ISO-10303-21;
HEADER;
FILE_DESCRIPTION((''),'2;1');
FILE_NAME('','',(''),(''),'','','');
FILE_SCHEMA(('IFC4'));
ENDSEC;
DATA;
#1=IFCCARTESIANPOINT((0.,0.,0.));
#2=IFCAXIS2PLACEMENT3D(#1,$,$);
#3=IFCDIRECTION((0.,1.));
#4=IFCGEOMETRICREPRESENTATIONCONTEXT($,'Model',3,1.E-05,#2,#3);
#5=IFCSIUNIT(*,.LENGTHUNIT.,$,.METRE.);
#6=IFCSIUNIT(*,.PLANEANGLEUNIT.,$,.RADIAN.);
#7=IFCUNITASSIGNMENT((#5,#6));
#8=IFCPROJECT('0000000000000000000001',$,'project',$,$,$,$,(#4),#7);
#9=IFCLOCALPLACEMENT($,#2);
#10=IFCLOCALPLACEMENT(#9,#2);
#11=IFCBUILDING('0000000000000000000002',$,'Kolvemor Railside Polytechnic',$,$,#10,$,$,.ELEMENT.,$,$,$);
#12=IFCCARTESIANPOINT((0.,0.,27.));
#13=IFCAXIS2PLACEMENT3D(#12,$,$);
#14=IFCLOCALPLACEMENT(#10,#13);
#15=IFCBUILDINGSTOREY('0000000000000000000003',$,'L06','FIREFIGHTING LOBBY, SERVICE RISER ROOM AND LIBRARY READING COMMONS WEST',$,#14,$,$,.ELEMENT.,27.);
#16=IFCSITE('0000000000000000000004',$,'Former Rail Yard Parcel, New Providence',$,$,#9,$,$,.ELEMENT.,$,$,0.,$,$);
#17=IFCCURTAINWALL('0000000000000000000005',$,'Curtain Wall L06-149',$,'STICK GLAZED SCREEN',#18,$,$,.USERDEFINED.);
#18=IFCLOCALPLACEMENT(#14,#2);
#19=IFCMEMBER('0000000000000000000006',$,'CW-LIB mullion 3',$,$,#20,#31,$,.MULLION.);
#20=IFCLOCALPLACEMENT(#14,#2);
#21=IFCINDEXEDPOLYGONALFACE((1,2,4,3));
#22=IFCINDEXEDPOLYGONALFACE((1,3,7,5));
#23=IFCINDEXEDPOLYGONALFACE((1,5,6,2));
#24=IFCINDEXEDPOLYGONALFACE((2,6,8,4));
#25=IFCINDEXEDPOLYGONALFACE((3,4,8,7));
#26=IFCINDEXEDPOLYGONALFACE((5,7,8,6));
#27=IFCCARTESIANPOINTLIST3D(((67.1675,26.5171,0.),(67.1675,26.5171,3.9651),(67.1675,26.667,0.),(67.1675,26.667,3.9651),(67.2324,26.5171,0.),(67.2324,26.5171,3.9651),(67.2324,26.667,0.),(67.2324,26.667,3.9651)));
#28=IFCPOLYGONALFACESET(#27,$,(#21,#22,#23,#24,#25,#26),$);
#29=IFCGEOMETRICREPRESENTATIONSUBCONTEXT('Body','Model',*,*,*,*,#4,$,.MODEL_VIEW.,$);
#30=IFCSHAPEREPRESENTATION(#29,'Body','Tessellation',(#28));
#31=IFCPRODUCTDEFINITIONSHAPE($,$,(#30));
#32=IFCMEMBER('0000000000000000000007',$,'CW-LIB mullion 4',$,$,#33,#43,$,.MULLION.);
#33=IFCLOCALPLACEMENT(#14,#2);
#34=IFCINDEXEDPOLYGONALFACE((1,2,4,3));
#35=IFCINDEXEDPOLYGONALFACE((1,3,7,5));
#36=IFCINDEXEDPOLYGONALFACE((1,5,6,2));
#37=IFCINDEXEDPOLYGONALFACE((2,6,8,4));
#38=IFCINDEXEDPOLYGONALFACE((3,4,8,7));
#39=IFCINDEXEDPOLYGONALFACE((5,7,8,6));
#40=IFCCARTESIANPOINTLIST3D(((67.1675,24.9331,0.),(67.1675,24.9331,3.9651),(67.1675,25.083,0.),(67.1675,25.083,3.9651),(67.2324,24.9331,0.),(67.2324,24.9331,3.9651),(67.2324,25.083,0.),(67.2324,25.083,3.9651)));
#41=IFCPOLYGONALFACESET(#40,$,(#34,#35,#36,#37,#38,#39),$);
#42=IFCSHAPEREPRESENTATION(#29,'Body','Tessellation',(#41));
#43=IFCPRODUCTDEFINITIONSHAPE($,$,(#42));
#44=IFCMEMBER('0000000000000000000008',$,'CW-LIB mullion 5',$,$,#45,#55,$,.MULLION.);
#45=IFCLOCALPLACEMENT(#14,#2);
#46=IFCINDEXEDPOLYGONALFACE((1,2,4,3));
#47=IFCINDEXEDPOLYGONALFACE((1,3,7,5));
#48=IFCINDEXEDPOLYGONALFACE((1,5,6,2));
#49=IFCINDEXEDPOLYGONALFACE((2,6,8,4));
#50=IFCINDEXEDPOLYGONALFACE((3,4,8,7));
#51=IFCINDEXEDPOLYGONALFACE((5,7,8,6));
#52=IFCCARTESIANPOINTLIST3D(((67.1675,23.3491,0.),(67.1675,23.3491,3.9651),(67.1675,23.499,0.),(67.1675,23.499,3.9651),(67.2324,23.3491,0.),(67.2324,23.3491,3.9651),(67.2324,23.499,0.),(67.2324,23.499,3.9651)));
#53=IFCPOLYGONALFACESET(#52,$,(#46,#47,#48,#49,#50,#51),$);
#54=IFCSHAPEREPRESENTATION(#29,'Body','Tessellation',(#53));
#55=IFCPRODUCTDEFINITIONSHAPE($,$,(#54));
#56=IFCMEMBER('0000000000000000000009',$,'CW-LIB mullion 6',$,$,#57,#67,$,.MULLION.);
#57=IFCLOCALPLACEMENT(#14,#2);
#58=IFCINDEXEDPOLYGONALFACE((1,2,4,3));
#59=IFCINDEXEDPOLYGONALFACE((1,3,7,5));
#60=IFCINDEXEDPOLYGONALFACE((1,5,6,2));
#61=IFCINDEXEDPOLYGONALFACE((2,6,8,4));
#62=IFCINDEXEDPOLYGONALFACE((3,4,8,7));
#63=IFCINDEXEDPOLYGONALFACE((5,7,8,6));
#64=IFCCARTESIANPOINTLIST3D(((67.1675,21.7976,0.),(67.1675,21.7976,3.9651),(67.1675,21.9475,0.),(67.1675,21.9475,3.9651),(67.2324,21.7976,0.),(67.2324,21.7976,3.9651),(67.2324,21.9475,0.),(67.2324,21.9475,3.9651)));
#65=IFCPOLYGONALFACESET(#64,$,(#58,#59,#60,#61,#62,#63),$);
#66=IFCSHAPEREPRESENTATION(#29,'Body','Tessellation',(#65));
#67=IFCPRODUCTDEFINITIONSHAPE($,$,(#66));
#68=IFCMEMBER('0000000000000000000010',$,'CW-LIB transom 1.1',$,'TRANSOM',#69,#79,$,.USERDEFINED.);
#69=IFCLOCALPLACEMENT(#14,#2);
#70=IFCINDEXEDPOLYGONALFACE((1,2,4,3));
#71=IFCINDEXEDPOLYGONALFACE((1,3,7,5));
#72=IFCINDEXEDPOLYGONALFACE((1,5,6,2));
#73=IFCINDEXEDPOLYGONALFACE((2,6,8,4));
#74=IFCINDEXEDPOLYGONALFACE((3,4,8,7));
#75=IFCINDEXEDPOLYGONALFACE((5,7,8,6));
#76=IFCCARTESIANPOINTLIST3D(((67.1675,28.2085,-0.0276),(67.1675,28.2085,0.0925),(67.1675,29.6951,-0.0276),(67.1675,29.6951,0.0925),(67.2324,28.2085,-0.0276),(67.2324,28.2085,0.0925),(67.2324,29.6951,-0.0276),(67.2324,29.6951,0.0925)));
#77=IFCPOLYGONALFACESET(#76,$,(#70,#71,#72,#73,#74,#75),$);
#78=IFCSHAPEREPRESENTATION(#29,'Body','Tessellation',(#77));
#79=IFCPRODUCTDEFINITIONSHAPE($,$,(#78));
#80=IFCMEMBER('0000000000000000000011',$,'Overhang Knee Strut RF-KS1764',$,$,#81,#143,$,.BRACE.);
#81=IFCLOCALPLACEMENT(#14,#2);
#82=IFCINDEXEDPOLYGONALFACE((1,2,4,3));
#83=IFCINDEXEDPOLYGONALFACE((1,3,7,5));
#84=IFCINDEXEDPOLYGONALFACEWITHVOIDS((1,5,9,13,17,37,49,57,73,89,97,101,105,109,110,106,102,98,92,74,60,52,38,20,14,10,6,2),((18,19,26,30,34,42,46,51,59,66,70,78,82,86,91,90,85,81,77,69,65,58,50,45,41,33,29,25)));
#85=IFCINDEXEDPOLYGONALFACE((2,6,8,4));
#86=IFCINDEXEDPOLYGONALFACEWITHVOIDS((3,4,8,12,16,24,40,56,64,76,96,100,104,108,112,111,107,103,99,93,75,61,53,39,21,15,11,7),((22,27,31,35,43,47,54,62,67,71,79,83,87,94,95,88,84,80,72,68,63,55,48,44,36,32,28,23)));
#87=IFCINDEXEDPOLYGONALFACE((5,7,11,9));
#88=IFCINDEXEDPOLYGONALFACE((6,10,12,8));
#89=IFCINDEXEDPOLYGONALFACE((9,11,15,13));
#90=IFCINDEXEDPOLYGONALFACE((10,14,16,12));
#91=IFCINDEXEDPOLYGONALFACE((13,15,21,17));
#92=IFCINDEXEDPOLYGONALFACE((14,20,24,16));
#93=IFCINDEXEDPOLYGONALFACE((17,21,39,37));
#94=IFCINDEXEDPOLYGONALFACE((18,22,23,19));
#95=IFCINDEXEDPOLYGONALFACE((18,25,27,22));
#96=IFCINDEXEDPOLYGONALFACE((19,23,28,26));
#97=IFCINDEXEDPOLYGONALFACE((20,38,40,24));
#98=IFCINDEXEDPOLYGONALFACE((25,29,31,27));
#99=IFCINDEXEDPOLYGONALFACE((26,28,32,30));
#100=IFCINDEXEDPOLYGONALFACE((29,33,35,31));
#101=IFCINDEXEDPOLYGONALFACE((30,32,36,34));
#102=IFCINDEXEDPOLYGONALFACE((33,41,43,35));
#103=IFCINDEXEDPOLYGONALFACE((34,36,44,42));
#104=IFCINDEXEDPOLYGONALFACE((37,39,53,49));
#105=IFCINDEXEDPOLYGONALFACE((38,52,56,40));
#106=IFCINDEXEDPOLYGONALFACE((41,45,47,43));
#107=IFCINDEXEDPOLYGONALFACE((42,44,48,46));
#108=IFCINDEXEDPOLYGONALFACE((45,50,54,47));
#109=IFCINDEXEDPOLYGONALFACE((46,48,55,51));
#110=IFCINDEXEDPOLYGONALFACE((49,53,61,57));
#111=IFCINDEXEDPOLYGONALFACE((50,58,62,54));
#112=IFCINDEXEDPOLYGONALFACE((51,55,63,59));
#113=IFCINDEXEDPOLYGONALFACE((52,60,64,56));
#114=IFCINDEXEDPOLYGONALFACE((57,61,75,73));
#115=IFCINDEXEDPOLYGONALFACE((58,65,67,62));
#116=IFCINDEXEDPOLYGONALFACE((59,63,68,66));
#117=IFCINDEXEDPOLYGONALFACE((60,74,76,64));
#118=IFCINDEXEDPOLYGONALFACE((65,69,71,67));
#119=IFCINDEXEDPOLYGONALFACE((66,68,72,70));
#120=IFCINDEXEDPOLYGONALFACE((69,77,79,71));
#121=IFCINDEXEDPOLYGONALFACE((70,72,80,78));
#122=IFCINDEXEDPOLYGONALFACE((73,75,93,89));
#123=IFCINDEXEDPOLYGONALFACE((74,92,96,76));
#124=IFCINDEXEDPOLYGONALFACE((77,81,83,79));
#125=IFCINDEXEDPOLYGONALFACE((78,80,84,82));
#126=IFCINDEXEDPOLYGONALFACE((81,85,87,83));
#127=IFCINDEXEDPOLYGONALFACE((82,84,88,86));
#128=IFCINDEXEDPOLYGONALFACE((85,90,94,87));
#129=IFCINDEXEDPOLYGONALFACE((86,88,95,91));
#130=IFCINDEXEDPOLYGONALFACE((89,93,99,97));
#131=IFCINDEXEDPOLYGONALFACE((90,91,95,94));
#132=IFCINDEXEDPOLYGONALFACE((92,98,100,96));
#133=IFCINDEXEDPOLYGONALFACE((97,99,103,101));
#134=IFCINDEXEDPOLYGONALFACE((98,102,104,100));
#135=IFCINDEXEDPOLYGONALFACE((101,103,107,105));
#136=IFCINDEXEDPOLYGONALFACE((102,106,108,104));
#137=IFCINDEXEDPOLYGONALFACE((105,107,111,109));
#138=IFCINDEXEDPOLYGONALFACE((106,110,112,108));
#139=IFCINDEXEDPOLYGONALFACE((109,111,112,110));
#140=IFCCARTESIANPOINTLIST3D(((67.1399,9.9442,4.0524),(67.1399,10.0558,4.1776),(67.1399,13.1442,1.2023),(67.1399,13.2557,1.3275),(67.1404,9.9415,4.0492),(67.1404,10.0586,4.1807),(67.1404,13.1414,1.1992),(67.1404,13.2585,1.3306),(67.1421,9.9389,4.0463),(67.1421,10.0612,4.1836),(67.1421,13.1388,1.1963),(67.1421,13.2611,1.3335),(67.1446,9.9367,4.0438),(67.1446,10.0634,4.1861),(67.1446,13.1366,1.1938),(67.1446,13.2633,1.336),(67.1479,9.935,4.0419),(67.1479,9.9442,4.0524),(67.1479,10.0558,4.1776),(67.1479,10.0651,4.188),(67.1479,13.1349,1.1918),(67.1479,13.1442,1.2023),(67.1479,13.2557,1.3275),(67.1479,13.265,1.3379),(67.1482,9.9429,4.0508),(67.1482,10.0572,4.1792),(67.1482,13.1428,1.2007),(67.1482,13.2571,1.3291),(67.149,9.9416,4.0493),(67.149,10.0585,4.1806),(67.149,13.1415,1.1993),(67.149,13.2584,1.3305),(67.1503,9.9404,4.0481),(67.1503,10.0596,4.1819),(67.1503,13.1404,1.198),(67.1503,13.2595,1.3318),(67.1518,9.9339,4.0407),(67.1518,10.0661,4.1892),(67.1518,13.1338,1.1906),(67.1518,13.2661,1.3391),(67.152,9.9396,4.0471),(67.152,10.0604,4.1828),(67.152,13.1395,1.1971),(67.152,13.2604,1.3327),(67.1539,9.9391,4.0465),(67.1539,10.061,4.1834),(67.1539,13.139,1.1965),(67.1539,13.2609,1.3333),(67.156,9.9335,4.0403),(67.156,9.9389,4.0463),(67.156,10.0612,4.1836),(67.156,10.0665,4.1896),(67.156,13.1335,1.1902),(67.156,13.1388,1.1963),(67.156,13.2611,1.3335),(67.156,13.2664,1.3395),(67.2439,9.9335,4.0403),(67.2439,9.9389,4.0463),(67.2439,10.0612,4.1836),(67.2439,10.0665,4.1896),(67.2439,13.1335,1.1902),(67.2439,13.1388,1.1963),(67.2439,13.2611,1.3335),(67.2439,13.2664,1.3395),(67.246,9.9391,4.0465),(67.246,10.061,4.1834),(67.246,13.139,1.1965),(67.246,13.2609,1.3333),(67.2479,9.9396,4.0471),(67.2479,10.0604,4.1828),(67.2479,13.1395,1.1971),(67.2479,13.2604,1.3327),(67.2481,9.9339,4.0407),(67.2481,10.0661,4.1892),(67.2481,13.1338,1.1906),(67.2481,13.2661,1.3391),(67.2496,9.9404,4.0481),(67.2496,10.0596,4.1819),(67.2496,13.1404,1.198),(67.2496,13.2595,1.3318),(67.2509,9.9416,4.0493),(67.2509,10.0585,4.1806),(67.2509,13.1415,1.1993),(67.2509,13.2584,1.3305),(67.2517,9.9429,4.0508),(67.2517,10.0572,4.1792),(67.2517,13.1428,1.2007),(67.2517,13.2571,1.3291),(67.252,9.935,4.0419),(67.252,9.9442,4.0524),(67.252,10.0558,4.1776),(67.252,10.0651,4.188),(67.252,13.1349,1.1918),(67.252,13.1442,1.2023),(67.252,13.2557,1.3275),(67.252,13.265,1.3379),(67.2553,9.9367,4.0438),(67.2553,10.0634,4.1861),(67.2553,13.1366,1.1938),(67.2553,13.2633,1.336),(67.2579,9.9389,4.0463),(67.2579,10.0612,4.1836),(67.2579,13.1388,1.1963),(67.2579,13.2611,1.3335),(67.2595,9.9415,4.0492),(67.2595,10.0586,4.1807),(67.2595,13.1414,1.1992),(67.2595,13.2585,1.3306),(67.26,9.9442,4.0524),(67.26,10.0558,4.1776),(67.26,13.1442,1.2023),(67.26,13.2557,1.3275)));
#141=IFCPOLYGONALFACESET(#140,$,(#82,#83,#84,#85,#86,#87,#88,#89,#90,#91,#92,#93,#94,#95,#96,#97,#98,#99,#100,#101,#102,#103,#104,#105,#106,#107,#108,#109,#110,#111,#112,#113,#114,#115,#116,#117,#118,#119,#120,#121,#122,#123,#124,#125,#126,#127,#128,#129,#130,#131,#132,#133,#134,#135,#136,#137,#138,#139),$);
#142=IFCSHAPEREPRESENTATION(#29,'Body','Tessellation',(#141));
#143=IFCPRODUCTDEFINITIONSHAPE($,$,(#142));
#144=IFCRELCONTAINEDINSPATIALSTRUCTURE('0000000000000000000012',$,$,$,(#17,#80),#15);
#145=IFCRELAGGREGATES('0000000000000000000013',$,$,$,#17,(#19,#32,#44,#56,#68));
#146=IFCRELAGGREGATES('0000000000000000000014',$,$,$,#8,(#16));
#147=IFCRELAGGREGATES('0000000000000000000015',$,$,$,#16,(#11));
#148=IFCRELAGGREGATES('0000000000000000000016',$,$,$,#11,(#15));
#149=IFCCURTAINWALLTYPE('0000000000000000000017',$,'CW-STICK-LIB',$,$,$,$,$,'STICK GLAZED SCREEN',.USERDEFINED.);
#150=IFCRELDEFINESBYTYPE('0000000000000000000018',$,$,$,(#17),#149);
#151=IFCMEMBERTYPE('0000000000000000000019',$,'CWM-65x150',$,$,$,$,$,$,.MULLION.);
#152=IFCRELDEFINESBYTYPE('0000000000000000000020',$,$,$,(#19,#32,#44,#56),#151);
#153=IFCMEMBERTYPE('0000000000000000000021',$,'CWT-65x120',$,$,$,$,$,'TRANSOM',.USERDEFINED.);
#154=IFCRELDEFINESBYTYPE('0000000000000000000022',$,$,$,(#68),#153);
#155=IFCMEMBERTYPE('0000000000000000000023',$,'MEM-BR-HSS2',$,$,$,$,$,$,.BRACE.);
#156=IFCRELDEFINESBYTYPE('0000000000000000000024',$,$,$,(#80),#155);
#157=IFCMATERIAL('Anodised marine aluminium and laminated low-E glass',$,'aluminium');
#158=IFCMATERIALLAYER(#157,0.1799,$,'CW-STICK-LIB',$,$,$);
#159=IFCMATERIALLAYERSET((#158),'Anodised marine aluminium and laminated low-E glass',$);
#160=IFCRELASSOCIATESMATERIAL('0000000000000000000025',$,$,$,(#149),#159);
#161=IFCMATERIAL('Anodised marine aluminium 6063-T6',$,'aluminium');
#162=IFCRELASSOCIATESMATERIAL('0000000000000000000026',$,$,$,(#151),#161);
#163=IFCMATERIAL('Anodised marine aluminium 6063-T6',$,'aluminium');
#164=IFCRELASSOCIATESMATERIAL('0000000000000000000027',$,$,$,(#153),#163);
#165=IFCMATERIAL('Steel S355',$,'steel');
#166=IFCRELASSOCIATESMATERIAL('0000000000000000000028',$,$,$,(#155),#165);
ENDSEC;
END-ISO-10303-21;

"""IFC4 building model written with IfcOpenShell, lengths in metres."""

from ifc_helpers import new_model, si_unit, direction, frame, origin, origin_2d, place, context, subcontext, project, spatial, rectangle, hollow_rectangle, extrude, material, layer, layer_set, material_profile, profile_set, type_object, element, aggregate, save


model = new_model("IFC4")

# Units and contexts
model_context = context("Model", 3, precision=1e-05, world=origin(), true_north=direction((0.0, 1.0)))
body_context = subcontext(model_context, "Body", "Model", "MODEL_VIEW")
ifc_project = project(units=[si_unit("LENGTHUNIT", "METRE"), si_unit("PLANEANGLEUNIT", "RADIAN")], contexts=[model_context])

# Site, building, storey
site_placement = place(None, origin())
site = spatial("IfcSite", under=ifc_project, at=site_placement, Name="Former Rail Yard Parcel, New Providence", CompositionType="ELEMENT", RefElevation=0.0)
building_placement = place(site_placement, origin())
building = spatial("IfcBuilding", under=site, at=building_placement, Name="Kolvemor Railside Polytechnic", CompositionType="ELEMENT")
storey_placement = place(building_placement, frame((0.0, 0.0, 27.0)))
storey = spatial("IfcBuildingStorey", under=building, at=storey_placement, Name="L06", Description="FIREFIGHTING LOBBY, SERVICE RISER ROOM AND LIBRARY READING COMMONS WEST", CompositionType="ELEMENT", Elevation=27.0)

# Curtain wall, members
ifc_material_1 = material(Name="Anodised marine aluminium and laminated low-E glass", Category="aluminium")
ifc_layer_1 = layer(ifc_material_1, 0.1799, Name="CW-STICK-LIB")
ifc_layer_set_1 = layer_set([ifc_layer_1], Name="Anodised marine aluminium and laminated low-E glass")
curtain_wall_type = type_object("IfcCurtainWallType", Name="CW-STICK-LIB", ElementType="STICK GLAZED SCREEN", PredefinedType="USERDEFINED", material=ifc_layer_set_1)
curtain_wall_placement = place(storey_placement, origin())
curtain_wall = element("IfcCurtainWall", 1, at=curtain_wall_placement, inside=storey, type_object=curtain_wall_type, Name="Curtain Wall L06-149", ObjectType="STICK GLAZED SCREEN", PredefinedType="USERDEFINED")
ifc_material_2 = material(Name="Anodised marine aluminium 6063-T6", Category="aluminium")
ifc_material_profile_1 = material_profile(ifc_material_2, rectangle(XDim=0.0649, YDim=0.1499, at=origin_2d()), Name="CW-MUL-65x150")
ifc_profile_set_1 = profile_set([ifc_material_profile_1], Name="Anodised marine aluminium 6063-T6")
member_type_1 = type_object("IfcMemberType", Name="CWM-65x150", PredefinedType="MULLION", material=ifc_profile_set_1)
member_1_placement = place(storey_placement, frame((67.2, 26.592, 0.0), z_axis=(0.0, 0.0, 1.0), x_axis=(1.0, 0.0, 0.0)))
member_1 = element("IfcMember", 2, at=member_1_placement, type_object=member_type_1, Name="CW-LIB mullion 3", PredefinedType="MULLION", context=body_context, shape_type="SweptSolid", body=[
    extrude(rectangle(XDim=0.0649, YDim=0.1499, at=origin_2d()), origin(), (0.0, 0.0, 1.0), 3.9651),
])
member_2_placement = place(storey_placement, frame((67.2, 25.0081, 0.0), z_axis=(0.0, 0.0, 1.0), x_axis=(1.0, 0.0, 0.0)))
member_2 = element("IfcMember", 3, at=member_2_placement, type_object=member_type_1, Name="CW-LIB mullion 4", PredefinedType="MULLION", context=body_context, shape_type="SweptSolid", body=[
    extrude(rectangle(XDim=0.0649, YDim=0.1499, at=origin_2d()), origin(), (0.0, 0.0, 1.0), 3.9651),
])
member_3_placement = place(storey_placement, frame((67.2, 23.4241, 0.0), z_axis=(0.0, 0.0, 1.0), x_axis=(1.0, 0.0, 0.0)))
member_3 = element("IfcMember", 4, at=member_3_placement, type_object=member_type_1, Name="CW-LIB mullion 5", PredefinedType="MULLION", context=body_context, shape_type="SweptSolid", body=[
    extrude(rectangle(XDim=0.0649, YDim=0.1499, at=origin_2d()), origin(), (0.0, 0.0, 1.0), 3.9651),
])
member_4_placement = place(storey_placement, frame((67.2, 21.8726, 0.0), z_axis=(0.0, 0.0, 1.0), x_axis=(1.0, 0.0, 0.0)))
member_4 = element("IfcMember", 5, at=member_4_placement, type_object=member_type_1, Name="CW-LIB mullion 6", PredefinedType="MULLION", context=body_context, shape_type="SweptSolid", body=[
    extrude(rectangle(XDim=0.0649, YDim=0.1499, at=origin_2d()), origin(), (0.0, 0.0, 1.0), 3.9651),
])
ifc_material_3 = material(Name="Anodised marine aluminium 6063-T6", Category="aluminium")
ifc_material_profile_2 = material_profile(ifc_material_3, rectangle(XDim=0.0649, YDim=0.1201, at=origin_2d()), Name="CW-TRN-65x120")
ifc_profile_set_2 = profile_set([ifc_material_profile_2], Name="Anodised marine aluminium 6063-T6")
member_type_2 = type_object("IfcMemberType", Name="CWT-65x120", ElementType="TRANSOM", PredefinedType="USERDEFINED", material=ifc_profile_set_2)
member_5_placement = place(storey_placement, frame((67.2, 29.6951, 0.0325), z_axis=(0.0, -1.0, 0.0), x_axis=(1.0, 0.0, 0.0)))
member_5 = element("IfcMember", 6, at=member_5_placement, type_object=member_type_2, Name="CW-LIB transom 1.1", ObjectType="TRANSOM", PredefinedType="USERDEFINED", context=body_context, shape_type="SweptSolid", body=[
    extrude(rectangle(XDim=0.0649, YDim=0.1201, at=origin_2d()), origin(), (0.0, 0.0, 1.0), 1.4866),
])
aggregate(curtain_wall, [member_1, member_2, member_3, member_4, member_5])

# Member
ifc_material_4 = material(Name="Steel S355", Category="steel")
ifc_material_profile_3 = material_profile(ifc_material_4, hollow_rectangle(XDim=0.1201, YDim=0.2, WallThickness=0.0081, InnerFilletRadius=0.0081, OuterFilletRadius=0.0161, at=origin_2d()), Name="HSS200x120x8")
ifc_profile_set_3 = profile_set([ifc_material_profile_3], Name="Steel S355")
member_type_3 = type_object("IfcMemberType", Name="MEM-BR-HSS2", PredefinedType="BRACE", material=ifc_profile_set_3)
member_6_placement = place(storey_placement, frame((67.2, 13.2, 1.2649), z_axis=(0.0, -0.746749, 0.665106), x_axis=(1.0, 0.0, 0.0)))
element("IfcMember", 7, at=member_6_placement, inside=storey, type_object=member_type_3, Name="Overhang Knee Strut RF-KS1764", PredefinedType="BRACE", context=body_context, shape_type="SweptSolid", body=[
    extrude(hollow_rectangle(XDim=0.1201, YDim=0.2, WallThickness=0.0081, InnerFilletRadius=0.0081, OuterFilletRadius=0.0161, at=origin_2d()), origin(), (0.0, 0.0, 1.0), 4.2852),
])

save(model, "model.ifc")
